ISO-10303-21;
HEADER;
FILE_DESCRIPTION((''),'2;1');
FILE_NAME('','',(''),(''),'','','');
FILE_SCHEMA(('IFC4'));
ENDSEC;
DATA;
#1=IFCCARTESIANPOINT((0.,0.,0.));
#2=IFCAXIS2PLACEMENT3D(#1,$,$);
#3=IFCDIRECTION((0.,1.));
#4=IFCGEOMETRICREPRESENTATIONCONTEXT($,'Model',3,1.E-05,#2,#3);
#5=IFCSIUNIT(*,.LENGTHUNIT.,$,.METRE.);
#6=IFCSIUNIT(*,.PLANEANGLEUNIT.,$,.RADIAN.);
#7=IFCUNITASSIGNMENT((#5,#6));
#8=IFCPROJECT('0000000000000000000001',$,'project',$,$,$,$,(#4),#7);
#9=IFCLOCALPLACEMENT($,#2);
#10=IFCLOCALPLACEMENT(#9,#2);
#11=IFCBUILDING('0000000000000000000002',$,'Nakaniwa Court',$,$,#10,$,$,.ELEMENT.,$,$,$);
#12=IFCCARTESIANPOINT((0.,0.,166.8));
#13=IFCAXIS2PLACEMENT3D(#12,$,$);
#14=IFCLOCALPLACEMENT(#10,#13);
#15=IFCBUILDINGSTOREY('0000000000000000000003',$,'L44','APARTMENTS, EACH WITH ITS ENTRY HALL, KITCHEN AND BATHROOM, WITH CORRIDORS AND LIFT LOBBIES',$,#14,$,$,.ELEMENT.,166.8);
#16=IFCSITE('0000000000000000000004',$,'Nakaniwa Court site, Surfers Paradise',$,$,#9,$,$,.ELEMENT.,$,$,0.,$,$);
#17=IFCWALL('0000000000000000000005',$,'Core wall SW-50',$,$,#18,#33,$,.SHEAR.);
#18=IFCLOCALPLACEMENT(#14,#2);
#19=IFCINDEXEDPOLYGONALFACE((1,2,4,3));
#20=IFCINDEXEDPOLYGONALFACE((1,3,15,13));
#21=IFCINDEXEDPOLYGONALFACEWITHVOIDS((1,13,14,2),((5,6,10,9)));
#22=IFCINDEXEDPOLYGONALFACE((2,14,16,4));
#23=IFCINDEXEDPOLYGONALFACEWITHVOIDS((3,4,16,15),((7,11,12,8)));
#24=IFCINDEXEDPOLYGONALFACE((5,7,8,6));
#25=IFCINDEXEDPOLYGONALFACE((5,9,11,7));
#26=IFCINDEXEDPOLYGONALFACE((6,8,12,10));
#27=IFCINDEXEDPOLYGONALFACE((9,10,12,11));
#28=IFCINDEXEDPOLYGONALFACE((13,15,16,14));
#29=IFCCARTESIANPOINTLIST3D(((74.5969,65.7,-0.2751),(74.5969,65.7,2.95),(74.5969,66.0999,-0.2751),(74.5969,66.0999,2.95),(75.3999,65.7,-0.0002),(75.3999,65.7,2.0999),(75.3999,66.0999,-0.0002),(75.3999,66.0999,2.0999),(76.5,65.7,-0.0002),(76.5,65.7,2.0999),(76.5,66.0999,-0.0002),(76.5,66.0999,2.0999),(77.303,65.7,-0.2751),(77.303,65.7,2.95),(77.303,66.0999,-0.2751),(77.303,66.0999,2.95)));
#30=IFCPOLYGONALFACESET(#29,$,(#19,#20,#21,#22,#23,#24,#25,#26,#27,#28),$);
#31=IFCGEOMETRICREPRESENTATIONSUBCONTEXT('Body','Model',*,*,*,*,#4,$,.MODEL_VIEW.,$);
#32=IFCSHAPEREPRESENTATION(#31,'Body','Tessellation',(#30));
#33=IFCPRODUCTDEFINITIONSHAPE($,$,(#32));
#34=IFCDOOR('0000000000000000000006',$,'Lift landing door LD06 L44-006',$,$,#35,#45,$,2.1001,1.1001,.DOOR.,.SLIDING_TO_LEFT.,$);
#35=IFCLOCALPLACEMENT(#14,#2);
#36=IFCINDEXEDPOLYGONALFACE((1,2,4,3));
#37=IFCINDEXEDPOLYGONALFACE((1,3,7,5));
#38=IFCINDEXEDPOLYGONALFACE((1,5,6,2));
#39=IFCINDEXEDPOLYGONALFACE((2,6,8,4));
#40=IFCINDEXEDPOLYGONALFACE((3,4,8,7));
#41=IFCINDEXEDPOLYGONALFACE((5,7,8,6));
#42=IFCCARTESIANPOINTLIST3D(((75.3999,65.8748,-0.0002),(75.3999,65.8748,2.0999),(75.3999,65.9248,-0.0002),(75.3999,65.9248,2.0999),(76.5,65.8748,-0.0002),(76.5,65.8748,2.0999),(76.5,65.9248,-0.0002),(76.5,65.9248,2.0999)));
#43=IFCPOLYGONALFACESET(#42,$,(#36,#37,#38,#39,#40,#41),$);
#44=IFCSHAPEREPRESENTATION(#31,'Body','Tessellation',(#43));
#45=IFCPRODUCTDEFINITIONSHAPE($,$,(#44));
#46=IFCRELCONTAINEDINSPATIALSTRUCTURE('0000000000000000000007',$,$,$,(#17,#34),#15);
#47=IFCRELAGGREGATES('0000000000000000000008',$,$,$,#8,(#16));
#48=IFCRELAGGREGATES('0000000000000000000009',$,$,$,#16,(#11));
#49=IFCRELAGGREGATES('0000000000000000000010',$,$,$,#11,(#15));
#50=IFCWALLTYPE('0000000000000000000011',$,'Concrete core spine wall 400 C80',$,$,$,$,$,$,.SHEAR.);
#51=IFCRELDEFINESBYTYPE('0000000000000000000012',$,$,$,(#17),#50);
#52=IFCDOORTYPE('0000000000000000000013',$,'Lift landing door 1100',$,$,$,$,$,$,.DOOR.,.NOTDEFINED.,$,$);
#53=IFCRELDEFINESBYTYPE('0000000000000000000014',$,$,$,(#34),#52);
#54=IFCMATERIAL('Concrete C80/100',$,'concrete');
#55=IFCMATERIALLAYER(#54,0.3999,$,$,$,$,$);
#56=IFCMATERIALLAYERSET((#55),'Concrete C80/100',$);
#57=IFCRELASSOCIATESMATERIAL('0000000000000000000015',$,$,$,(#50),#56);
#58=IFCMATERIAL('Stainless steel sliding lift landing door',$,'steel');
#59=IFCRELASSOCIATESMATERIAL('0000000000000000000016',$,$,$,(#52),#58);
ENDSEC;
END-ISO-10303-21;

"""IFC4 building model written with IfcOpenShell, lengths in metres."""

from ifc_helpers import new_model, si_unit, direction, frame, frame_2d, origin, place, context, subcontext, project, spatial, rectangle, extrude, material, layer, layer_set, type_object, element, fill, save


model = new_model("IFC4")

# Units and contexts
model_context = context("Model", 3, precision=1e-05, world=origin(), true_north=direction((0.0, 1.0)))
body_context = subcontext(model_context, "Body", "Model", "MODEL_VIEW")
ifc_project = project(units=[si_unit("LENGTHUNIT", "METRE"), si_unit("PLANEANGLEUNIT", "RADIAN")], contexts=[model_context])

# Site, building, storey
site_placement = place(None, origin())
site = spatial("IfcSite", under=ifc_project, at=site_placement, Name="Nakaniwa Court site, Surfers Paradise", CompositionType="ELEMENT", RefElevation=0.0)
building_placement = place(site_placement, origin())
building = spatial("IfcBuilding", under=site, at=building_placement, Name="Nakaniwa Court", CompositionType="ELEMENT")
storey_placement = place(building_placement, frame((0.0, 0.0, 166.8)))
storey = spatial("IfcBuildingStorey", under=building, at=storey_placement, Name="L44", Description="APARTMENTS, EACH WITH ITS ENTRY HALL, KITCHEN AND BATHROOM, WITH CORRIDORS AND LIFT LOBBIES", CompositionType="ELEMENT", Elevation=166.8)

# Shared definitions
ifc_material_1 = material(Name="Concrete C80/100", Category="concrete")

# Wall, opening, door
ifc_layer_1 = layer(ifc_material_1, 0.3999)
ifc_layer_set_1 = layer_set([ifc_layer_1], Name="Concrete C80/100")
wall_type_1 = type_object("IfcWallType", Name="Concrete core spine wall 400 C80", PredefinedType="SHEAR", material=ifc_layer_set_1)
wall_1_placement = place(storey_placement, frame((74.5969, 65.8999, -0.2751), z_axis=(0.0, 0.0, 1.0), x_axis=(1.0, 0.0, 0.0)))
wall_1 = element("IfcWall", 1, at=wall_1_placement, inside=storey, type_object=wall_type_1, Name="Core wall SW-50", PredefinedType="SHEAR", context=body_context, shape_type="SweptSolid", body=[
    extrude(rectangle(XDim=2.7061, YDim=0.3999, at=frame_2d((1.353, 0.0))), origin(), (0.0, 0.0, 1.0), 3.2251),
])
opening_1_placement = place(wall_1_placement, frame((0.803, 0.0, 0.2749)))
opening_1 = element("IfcOpeningElement", 2, at=opening_1_placement, cuts=wall_1, PredefinedType="OPENING", context=body_context, shape_type="SweptSolid", body=[
    extrude(rectangle(XDim=1.1001, YDim=2.1001, at=frame_2d((0.55, 1.05))), frame((0.0, 0.21, 0.0), z_axis=(0.0, -1.0, 0.0), x_axis=(1.0, 0.0, 0.0)), (0.0, 0.0, 1.0), 0.4199),
])
ifc_material_2 = material(Name="Stainless steel sliding lift landing door", Category="steel")
door_type_1 = type_object("IfcDoorType", Name="Lift landing door 1100", OperationType="NOTDEFINED", PredefinedType="DOOR", material=ifc_material_2)
door_1_placement = place(opening_1_placement, origin())
door_1 = element("IfcDoor", 3, at=door_1_placement, inside=storey, type_object=door_type_1, Name="Lift landing door LD06 L44-006", OperationType="SLIDING_TO_LEFT", OverallHeight=2.1001, OverallWidth=1.1001, PredefinedType="DOOR", context=body_context, shape_type="SweptSolid", body=[
    extrude(rectangle(XDim=1.1001, YDim=2.1001, at=frame_2d((0.55, 1.05))), frame((0.0, 0.0249, 0.0), z_axis=(0.0, -1.0, 0.0), x_axis=(1.0, 0.0, 0.0)), (0.0, 0.0, 1.0), 0.05),
])
fill(opening_1, door_1)

save(model, "model.ifc")
